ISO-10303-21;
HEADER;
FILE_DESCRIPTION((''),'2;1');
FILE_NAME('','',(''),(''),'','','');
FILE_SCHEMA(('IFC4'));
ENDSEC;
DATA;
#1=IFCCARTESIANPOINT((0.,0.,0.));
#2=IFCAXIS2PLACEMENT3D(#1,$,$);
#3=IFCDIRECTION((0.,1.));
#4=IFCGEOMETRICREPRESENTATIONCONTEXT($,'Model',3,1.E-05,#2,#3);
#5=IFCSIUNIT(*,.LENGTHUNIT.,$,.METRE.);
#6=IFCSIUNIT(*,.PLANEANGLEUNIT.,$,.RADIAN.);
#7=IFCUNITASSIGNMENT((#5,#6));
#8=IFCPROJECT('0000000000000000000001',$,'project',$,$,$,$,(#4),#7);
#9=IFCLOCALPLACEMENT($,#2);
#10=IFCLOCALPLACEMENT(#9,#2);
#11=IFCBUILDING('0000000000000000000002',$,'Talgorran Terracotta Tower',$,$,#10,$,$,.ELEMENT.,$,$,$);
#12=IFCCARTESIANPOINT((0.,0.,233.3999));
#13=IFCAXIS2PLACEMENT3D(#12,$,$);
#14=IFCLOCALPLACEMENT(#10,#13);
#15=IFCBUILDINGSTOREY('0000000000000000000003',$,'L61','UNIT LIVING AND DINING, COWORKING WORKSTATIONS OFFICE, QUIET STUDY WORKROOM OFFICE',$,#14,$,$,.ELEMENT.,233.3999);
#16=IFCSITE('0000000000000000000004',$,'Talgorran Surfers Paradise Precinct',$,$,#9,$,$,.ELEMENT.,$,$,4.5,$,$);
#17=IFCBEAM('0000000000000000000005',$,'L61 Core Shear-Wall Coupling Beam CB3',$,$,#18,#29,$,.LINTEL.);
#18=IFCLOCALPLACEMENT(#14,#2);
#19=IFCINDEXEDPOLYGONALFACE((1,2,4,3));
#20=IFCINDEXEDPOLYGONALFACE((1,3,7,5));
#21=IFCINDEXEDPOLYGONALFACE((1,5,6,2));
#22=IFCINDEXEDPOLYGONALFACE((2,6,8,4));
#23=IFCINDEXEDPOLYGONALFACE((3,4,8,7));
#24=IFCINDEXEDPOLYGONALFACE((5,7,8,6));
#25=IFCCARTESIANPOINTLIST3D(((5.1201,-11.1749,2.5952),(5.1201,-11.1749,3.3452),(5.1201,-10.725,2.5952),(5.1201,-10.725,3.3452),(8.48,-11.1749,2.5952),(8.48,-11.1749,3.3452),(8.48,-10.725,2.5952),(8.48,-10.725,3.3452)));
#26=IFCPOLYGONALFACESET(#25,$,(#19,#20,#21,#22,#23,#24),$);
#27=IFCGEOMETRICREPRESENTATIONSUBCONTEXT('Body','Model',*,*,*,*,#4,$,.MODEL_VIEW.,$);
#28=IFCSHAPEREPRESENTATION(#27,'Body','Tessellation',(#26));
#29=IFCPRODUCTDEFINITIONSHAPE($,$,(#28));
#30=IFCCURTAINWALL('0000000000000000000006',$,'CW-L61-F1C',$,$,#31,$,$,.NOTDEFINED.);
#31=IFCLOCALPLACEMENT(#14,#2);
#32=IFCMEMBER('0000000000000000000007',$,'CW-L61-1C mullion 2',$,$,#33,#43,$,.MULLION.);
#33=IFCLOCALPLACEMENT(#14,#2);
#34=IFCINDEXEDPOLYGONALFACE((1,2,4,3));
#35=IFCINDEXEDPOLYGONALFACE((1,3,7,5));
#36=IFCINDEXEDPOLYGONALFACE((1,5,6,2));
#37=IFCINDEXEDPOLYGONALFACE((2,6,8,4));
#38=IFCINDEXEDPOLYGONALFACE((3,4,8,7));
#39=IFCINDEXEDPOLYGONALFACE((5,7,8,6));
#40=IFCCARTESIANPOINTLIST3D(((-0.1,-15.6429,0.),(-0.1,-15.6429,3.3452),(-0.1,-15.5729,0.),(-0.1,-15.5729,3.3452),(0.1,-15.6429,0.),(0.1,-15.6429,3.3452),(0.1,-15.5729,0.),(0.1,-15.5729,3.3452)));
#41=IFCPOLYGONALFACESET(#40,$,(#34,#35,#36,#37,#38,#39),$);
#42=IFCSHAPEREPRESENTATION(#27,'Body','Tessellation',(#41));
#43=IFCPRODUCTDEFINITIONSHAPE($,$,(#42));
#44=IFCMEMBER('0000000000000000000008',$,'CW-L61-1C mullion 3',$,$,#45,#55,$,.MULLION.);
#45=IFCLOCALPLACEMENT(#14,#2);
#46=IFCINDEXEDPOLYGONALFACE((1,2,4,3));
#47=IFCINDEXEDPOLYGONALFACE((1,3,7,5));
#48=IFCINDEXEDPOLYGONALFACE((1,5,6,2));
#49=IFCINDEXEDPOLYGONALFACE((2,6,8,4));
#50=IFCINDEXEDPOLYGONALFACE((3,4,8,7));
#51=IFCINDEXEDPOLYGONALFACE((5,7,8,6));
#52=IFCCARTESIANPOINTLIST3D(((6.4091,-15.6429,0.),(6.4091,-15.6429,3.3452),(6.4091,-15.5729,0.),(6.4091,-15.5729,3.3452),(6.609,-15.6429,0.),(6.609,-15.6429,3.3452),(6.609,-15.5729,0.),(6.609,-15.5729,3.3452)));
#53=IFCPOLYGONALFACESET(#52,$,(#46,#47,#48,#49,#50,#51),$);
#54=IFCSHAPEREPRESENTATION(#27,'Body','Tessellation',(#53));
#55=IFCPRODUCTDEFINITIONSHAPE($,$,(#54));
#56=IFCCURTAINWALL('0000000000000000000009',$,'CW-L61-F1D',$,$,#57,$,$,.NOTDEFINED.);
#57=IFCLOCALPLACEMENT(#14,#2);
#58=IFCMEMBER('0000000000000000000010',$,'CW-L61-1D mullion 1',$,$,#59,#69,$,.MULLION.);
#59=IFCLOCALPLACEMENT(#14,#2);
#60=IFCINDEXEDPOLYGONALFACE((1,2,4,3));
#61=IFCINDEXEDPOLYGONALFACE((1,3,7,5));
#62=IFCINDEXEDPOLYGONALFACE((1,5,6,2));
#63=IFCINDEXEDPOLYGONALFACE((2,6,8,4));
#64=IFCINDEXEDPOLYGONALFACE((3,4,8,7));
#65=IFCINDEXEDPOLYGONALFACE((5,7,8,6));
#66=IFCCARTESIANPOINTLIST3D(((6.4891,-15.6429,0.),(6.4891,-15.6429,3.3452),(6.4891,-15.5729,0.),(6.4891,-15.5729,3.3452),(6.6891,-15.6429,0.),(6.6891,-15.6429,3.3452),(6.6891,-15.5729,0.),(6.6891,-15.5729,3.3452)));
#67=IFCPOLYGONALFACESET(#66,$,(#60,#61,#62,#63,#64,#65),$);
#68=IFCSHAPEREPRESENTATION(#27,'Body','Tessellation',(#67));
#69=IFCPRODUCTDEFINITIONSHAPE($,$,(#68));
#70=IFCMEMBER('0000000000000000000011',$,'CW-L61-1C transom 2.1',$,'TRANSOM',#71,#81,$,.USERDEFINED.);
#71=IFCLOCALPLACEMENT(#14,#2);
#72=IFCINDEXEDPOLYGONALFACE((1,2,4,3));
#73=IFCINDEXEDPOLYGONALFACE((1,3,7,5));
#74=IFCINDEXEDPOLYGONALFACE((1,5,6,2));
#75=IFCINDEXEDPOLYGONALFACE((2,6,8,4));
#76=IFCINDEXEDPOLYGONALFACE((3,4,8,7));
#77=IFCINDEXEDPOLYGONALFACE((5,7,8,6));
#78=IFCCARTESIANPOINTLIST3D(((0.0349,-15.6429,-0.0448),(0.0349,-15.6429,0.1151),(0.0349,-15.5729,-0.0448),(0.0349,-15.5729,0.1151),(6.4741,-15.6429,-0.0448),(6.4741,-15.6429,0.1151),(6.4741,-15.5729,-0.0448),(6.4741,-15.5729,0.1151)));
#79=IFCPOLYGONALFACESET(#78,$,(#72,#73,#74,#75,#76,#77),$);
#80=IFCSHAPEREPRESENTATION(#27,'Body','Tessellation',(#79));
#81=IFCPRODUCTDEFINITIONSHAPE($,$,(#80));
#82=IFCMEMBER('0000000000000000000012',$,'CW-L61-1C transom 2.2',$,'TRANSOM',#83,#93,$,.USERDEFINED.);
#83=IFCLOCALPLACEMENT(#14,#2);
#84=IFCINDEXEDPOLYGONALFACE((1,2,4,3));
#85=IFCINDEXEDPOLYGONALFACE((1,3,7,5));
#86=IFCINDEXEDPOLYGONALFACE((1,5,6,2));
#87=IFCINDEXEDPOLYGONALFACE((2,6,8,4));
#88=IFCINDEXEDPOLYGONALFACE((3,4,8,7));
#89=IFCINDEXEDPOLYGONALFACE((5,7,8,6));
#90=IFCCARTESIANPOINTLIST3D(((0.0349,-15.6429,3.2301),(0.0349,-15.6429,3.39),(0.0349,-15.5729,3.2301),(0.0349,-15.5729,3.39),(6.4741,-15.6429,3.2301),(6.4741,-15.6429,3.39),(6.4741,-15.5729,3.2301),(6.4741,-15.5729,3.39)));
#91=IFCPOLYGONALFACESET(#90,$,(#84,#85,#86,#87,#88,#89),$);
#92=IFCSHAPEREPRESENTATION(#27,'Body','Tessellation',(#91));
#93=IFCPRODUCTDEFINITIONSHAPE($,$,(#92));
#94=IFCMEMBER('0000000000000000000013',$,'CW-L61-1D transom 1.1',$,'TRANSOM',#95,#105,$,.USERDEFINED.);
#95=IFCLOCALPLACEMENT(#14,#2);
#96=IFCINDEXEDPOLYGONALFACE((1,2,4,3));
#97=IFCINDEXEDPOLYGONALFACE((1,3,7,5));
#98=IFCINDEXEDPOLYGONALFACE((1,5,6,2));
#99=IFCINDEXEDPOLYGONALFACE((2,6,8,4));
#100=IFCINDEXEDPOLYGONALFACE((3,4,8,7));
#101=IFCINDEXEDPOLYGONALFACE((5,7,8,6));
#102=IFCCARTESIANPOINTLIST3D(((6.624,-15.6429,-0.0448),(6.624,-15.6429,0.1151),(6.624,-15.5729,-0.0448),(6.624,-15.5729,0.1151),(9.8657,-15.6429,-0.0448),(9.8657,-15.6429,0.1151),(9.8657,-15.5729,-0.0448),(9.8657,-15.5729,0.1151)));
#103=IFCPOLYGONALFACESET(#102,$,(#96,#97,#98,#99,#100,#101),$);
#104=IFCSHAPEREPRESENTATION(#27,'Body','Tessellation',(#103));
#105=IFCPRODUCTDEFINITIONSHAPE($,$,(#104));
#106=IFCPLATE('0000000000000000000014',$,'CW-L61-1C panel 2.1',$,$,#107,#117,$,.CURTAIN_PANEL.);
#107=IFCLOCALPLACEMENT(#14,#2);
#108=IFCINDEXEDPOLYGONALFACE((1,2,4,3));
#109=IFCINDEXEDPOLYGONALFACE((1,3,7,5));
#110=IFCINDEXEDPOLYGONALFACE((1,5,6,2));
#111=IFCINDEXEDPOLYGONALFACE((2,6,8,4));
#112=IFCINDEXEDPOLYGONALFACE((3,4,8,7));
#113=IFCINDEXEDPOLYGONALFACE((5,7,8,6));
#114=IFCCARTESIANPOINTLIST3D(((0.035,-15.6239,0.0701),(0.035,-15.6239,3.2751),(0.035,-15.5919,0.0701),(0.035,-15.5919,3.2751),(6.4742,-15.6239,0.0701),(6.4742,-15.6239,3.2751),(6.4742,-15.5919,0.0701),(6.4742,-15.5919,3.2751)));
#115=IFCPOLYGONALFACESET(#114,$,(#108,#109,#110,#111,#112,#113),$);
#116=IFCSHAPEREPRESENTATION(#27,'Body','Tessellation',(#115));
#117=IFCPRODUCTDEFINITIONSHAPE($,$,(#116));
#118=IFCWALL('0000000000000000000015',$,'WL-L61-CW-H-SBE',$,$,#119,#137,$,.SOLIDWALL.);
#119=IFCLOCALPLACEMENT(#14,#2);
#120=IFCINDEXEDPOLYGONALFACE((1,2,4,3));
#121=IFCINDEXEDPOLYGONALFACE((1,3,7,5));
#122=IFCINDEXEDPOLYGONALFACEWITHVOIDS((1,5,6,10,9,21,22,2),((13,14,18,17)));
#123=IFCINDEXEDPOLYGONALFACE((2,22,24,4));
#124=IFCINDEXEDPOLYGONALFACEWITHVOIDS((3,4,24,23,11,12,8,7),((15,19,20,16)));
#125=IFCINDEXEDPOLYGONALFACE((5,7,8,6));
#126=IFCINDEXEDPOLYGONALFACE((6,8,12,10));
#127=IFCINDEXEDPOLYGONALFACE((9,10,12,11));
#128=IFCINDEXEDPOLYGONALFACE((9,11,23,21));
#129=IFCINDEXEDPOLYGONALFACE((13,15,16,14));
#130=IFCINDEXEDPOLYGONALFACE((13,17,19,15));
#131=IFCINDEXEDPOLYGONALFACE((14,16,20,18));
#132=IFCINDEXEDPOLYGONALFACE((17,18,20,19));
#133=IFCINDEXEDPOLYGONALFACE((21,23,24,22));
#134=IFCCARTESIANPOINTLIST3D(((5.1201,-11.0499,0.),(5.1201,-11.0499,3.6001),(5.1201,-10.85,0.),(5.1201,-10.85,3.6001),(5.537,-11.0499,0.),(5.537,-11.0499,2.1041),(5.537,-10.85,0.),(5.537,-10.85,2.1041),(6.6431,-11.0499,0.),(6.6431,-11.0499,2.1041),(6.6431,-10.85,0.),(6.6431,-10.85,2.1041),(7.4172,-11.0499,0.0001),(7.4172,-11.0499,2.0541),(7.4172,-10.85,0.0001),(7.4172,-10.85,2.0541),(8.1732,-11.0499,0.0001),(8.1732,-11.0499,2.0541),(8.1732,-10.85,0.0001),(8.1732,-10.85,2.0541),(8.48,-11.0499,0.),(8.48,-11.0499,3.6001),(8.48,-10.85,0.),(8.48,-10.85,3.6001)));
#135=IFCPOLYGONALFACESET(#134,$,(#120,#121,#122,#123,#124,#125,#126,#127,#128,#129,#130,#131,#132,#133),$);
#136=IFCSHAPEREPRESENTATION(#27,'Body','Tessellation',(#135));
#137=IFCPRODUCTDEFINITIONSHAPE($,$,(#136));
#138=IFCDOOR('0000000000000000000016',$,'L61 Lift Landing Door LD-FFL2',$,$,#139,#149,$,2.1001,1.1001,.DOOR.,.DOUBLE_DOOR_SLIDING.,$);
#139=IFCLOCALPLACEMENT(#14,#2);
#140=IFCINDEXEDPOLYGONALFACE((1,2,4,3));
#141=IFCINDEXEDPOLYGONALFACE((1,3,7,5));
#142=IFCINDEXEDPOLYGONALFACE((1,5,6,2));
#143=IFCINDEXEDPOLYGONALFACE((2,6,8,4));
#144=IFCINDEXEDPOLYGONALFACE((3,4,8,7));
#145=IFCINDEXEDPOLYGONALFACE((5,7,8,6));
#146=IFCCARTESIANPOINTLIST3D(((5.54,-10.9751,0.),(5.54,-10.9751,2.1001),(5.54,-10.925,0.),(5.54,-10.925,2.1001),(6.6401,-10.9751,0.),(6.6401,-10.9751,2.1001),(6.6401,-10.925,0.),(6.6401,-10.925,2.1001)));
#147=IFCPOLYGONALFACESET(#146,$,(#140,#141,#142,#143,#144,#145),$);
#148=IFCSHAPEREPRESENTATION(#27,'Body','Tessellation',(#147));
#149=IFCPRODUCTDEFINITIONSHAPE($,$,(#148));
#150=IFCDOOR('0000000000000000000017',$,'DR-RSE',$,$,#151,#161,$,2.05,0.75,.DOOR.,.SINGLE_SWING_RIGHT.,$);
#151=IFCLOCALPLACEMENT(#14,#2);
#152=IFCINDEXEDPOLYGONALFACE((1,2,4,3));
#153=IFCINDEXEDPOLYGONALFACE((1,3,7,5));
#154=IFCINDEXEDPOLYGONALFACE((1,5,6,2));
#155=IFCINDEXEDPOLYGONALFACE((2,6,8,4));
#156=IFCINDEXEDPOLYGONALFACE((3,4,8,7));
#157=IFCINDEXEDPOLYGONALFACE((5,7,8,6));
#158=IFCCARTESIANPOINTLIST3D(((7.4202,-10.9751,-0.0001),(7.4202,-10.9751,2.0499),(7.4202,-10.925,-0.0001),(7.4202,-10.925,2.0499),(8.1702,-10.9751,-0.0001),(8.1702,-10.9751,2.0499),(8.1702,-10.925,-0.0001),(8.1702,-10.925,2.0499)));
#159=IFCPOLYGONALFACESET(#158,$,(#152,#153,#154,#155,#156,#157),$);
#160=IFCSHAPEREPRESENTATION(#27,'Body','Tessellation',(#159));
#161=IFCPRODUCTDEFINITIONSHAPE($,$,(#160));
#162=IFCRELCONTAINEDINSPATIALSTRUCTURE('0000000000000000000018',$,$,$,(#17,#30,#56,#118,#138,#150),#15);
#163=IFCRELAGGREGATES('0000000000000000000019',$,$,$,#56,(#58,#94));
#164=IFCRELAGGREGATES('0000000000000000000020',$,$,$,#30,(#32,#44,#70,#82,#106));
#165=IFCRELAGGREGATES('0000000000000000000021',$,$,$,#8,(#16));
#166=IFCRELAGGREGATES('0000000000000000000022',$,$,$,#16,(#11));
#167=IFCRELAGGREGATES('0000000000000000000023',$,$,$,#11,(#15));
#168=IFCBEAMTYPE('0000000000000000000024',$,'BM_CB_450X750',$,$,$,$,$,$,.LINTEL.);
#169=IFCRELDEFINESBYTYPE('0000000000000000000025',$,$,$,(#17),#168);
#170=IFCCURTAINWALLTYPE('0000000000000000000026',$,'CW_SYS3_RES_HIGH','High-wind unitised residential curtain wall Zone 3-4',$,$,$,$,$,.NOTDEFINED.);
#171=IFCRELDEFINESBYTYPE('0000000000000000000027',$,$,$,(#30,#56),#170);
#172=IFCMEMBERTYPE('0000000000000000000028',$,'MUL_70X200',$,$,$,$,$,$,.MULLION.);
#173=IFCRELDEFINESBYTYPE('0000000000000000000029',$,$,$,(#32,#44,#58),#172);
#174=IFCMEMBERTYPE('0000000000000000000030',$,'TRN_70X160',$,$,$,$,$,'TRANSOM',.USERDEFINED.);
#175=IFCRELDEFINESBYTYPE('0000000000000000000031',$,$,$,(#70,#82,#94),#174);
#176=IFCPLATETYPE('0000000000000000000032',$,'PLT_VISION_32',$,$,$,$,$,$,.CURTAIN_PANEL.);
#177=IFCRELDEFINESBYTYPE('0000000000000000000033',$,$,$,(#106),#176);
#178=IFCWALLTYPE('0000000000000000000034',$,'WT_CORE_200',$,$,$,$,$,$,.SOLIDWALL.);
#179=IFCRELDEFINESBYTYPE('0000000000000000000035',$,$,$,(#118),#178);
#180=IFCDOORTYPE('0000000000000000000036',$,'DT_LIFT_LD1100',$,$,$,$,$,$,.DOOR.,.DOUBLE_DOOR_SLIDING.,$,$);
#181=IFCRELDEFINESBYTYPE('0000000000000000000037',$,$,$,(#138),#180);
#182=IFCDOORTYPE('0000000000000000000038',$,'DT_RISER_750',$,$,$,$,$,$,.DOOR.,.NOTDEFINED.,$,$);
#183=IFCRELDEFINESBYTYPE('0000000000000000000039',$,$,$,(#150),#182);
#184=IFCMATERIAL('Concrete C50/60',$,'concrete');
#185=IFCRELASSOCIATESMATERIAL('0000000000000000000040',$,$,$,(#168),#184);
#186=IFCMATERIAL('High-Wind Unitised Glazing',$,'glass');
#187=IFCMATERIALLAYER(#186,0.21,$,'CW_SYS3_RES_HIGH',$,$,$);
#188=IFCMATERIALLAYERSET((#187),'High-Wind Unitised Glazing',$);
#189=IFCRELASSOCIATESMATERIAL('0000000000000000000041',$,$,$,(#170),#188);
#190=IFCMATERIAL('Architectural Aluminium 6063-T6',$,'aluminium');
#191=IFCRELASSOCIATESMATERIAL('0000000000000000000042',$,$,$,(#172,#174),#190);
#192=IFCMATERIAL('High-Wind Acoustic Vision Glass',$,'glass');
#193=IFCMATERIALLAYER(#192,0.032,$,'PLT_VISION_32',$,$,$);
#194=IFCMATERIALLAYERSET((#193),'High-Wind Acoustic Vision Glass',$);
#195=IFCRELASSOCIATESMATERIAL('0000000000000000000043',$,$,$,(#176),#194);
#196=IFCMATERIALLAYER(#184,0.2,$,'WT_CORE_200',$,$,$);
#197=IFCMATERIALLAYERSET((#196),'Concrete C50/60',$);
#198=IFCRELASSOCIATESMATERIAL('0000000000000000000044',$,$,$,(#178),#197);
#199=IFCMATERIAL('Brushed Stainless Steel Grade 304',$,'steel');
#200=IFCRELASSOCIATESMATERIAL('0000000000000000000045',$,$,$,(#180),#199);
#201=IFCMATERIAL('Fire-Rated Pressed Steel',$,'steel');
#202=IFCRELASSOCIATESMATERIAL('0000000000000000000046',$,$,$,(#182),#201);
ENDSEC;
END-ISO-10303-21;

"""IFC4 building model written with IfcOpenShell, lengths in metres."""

from ifc_helpers import new_model, si_unit, direction, frame, frame_2d, origin, origin_2d, place, context, subcontext, project, spatial, rectangle, extrude, source, transform, mapped, material, layer, layer_set, material_profile, profile_set, type_object, type_shapes, element, fill, aggregate, save


model = new_model("IFC4")

# Units and contexts
model_context = context("Model", 3, precision=1e-05, world=origin(), true_north=direction((0.0, 1.0)))
body_context = subcontext(model_context, "Body", "Model", "MODEL_VIEW")
ifc_project = project(units=[si_unit("LENGTHUNIT", "METRE"), si_unit("PLANEANGLEUNIT", "RADIAN")], contexts=[model_context])

# Site, building, storey
site_placement = place(None, origin())
site = spatial("IfcSite", under=ifc_project, at=site_placement, Name="Talgorran Surfers Paradise Precinct", CompositionType="ELEMENT", RefElevation=4.5)
building_placement = place(site_placement, origin())
building = spatial("IfcBuilding", under=site, at=building_placement, Name="Talgorran Terracotta Tower", CompositionType="ELEMENT")
storey_placement = place(building_placement, frame((0.0, 0.0, 233.3999)))
storey = spatial("IfcBuildingStorey", under=building, at=storey_placement, Name="L61", Description="UNIT LIVING AND DINING, COWORKING WORKSTATIONS OFFICE, QUIET STUDY WORKROOM OFFICE", CompositionType="ELEMENT", Elevation=233.3999)

# Beam
ifc_material_1 = material(Name="Concrete C50/60", Category="concrete")
ifc_material_profile_1 = material_profile(ifc_material_1, rectangle(XDim=0.45, YDim=0.75, at=origin_2d()), Name="RCCB450X750")
ifc_profile_set_1 = profile_set([ifc_material_profile_1], Name="Concrete C50/60")
beam_type = type_object("IfcBeamType", Name="BM_CB_450X750", PredefinedType="LINTEL", material=ifc_profile_set_1)
beam_placement = place(storey_placement, frame((5.1201, -10.95, 2.9702), z_axis=(1.0, 0.0, 0.0), x_axis=(0.0, 1.0, 0.0)))
element("IfcBeam", 1, at=beam_placement, inside=storey, type_object=beam_type, Name="L61 Core Shear-Wall Coupling Beam CB3", PredefinedType="LINTEL", context=body_context, shape_type="SweptSolid", body=[
    extrude(rectangle(XDim=0.45, YDim=0.75, at=origin_2d()), origin(), (0.0, 0.0, 1.0), 3.3599),
])

# Curtain wall, members
ifc_material_2 = material(Name="High-Wind Unitised Glazing", Category="glass")
ifc_layer_1 = layer(ifc_material_2, 0.21, Name="CW_SYS3_RES_HIGH")
ifc_layer_set_1 = layer_set([ifc_layer_1], Name="High-Wind Unitised Glazing")
curtain_wall_type = type_object("IfcCurtainWallType", Name="CW_SYS3_RES_HIGH", Description="High-wind unitised residential curtain wall Zone 3-4", PredefinedType="NOTDEFINED", material=ifc_layer_set_1)
curtain_wall_1_placement = place(storey_placement, origin())
curtain_wall_1 = element("IfcCurtainWall", 2, at=curtain_wall_1_placement, inside=storey, type_object=curtain_wall_type, Name="CW-L61-F1C", PredefinedType="NOTDEFINED")
ifc_material_3 = material(Name="Architectural Aluminium 6063-T6", Category="aluminium")
ifc_material_profile_2 = material_profile(ifc_material_3, rectangle(XDim=0.0701, YDim=0.2, at=origin_2d()), Name="CWM70X200")
ifc_profile_set_2 = profile_set([ifc_material_profile_2], Name="Architectural Aluminium 6063-T6")
member_type_1 = type_object("IfcMemberType", Name="MUL_70X200", PredefinedType="MULLION", material=ifc_profile_set_2)
member_1_placement = place(storey_placement, frame((0.0, -15.6079, 0.0), z_axis=(0.0, 0.0, 1.0), x_axis=(0.0, 1.0, 0.0)))
member_1 = element("IfcMember", 3, at=member_1_placement, type_object=member_type_1, Name="CW-L61-1C mullion 2", PredefinedType="MULLION", context=body_context, shape_type="SweptSolid", body=[
    extrude(rectangle(XDim=0.0701, YDim=0.2, at=origin_2d()), origin(), (0.0, 0.0, 1.0), 3.3452),
])
member_2_placement = place(storey_placement, frame((6.509, -15.6079, 0.0), z_axis=(0.0, 0.0, 1.0), x_axis=(0.0, 1.0, 0.0)))
member_2 = element("IfcMember", 4, at=member_2_placement, type_object=member_type_1, Name="CW-L61-1C mullion 3", PredefinedType="MULLION", context=body_context, shape_type="SweptSolid", body=[
    extrude(rectangle(XDim=0.0701, YDim=0.2, at=origin_2d()), origin(), (0.0, 0.0, 1.0), 3.3452),
])

# Curtain wall, member
curtain_wall_2_placement = place(storey_placement, origin())
curtain_wall_2 = element("IfcCurtainWall", 5, at=curtain_wall_2_placement, inside=storey, type_object=curtain_wall_type, Name="CW-L61-F1D", PredefinedType="NOTDEFINED")
member_3_placement = place(storey_placement, frame((6.5891, -15.6079, 0.0), z_axis=(0.0, 0.0, 1.0), x_axis=(0.0, 1.0, 0.0)))
member_3 = element("IfcMember", 6, at=member_3_placement, type_object=member_type_1, Name="CW-L61-1D mullion 1", PredefinedType="MULLION", context=body_context, shape_type="SweptSolid", body=[
    extrude(rectangle(XDim=0.0701, YDim=0.2, at=origin_2d()), origin(), (0.0, 0.0, 1.0), 3.3452),
])

# Members
ifc_material_profile_3 = material_profile(ifc_material_3, rectangle(XDim=0.0701, YDim=0.1599, at=origin_2d()), Name="CWT70X160")
ifc_profile_set_3 = profile_set([ifc_material_profile_3], Name="Architectural Aluminium 6063-T6")
member_type_2 = type_object("IfcMemberType", Name="TRN_70X160", ElementType="TRANSOM", PredefinedType="USERDEFINED", material=ifc_profile_set_3)
member_4_placement = place(storey_placement, frame((0.0349, -15.6079, 0.0352), z_axis=(1.0, 0.0, 0.0), x_axis=(0.0, 1.0, 0.0)))
member_4 = element("IfcMember", 7, at=member_4_placement, type_object=member_type_2, Name="CW-L61-1C transom 2.1", ObjectType="TRANSOM", PredefinedType="USERDEFINED", context=body_context, shape_type="SweptSolid", body=[
    extrude(rectangle(XDim=0.0701, YDim=0.1599, at=origin_2d()), origin(), (0.0, 0.0, 1.0), 6.4392),
])
member_5_placement = place(storey_placement, frame((0.0349, -15.6079, 3.3101), z_axis=(1.0, 0.0, 0.0), x_axis=(0.0, 1.0, 0.0)))
member_5 = element("IfcMember", 8, at=member_5_placement, type_object=member_type_2, Name="CW-L61-1C transom 2.2", ObjectType="TRANSOM", PredefinedType="USERDEFINED", context=body_context, shape_type="SweptSolid", body=[
    extrude(rectangle(XDim=0.0701, YDim=0.1599, at=origin_2d()), origin(), (0.0, 0.0, 1.0), 6.4392),
])
member_6_placement = place(storey_placement, frame((6.624, -15.6079, 0.0352), z_axis=(1.0, 0.0, 0.0), x_axis=(0.0, 1.0, 0.0)))
member_6 = element("IfcMember", 9, at=member_6_placement, type_object=member_type_2, Name="CW-L61-1D transom 1.1", ObjectType="TRANSOM", PredefinedType="USERDEFINED", context=body_context, shape_type="SweptSolid", body=[
    extrude(rectangle(XDim=0.0701, YDim=0.1599, at=origin_2d()), origin(), (0.0, 0.0, 1.0), 3.2417),
])
aggregate(curtain_wall_2, [member_3, member_6])

# Plate
ifc_material_4 = material(Name="High-Wind Acoustic Vision Glass", Category="glass")
ifc_layer_2 = layer(ifc_material_4, 0.032, Name="PLT_VISION_32")
ifc_layer_set_2 = layer_set([ifc_layer_2], Name="High-Wind Acoustic Vision Glass")
plate_type = type_object("IfcPlateType", Name="PLT_VISION_32", PredefinedType="CURTAIN_PANEL", material=ifc_layer_set_2)
shared_shape = source(origin(), body_context, "Body", "SweptSolid", [
    extrude(rectangle(XDim=6.4392, YDim=0.032, at=origin_2d()), origin(), (0.0, 0.0, 1.0), 3.2051),
])
type_shapes(plate_type, [shared_shape])
plate_placement = place(storey_placement, frame((3.2546, -15.6079, 0.0701), z_axis=(0.0, 0.0, 1.0), x_axis=(1.0, 0.0, 0.0)))
plate = element("IfcPlate", 10, at=plate_placement, type_object=plate_type, Name="CW-L61-1C panel 2.1", PredefinedType="CURTAIN_PANEL", context=body_context, shape_type="MappedRepresentation", body=[
    mapped(shared_shape, transform((0.0, 0.0, 0.0), scale=1.0)),
])
aggregate(curtain_wall_1, [member_1, member_2, member_4, member_5, plate])

# Wall, openings, doors
ifc_layer_3 = layer(ifc_material_1, 0.2, Name="WT_CORE_200")
ifc_layer_set_3 = layer_set([ifc_layer_3], Name="Concrete C50/60")
wall_type_1 = type_object("IfcWallType", Name="WT_CORE_200", PredefinedType="SOLIDWALL", material=ifc_layer_set_3)
wall_1_placement = place(storey_placement, frame((5.1201, -10.95, 0.0), z_axis=(0.0, 0.0, 1.0), x_axis=(1.0, 0.0, 0.0)))
wall_1 = element("IfcWall", 11, at=wall_1_placement, inside=storey, type_object=wall_type_1, Name="WL-L61-CW-H-SBE", PredefinedType="SOLIDWALL", context=body_context, shape_type="SweptSolid", body=[
    extrude(rectangle(XDim=3.3599, YDim=0.2, at=frame_2d((1.6799, 0.0))), origin(), (0.0, 0.0, 1.0), 3.6001),
])
opening_1_placement = place(wall_1_placement, frame((0.4199, 0.0, 0.0)))
opening_1 = element("IfcOpeningElement", 12, at=opening_1_placement, cuts=wall_1, PredefinedType="OPENING", context=body_context, shape_type="SweptSolid", body=[
    extrude(rectangle(XDim=1.1061, YDim=2.1041, at=frame_2d((0.55, 1.052))), frame((0.0, 0.1099, 0.0), z_axis=(0.0, -1.0, 0.0), x_axis=(1.0, 0.0, 0.0)), (0.0, 0.0, 1.0), 0.22),
])
opening_2_placement = place(wall_1_placement, frame((2.3, 0.0, 0.0)))
opening_2 = element("IfcOpeningElement", 13, at=opening_2_placement, cuts=wall_1, PredefinedType="OPENING", context=body_context, shape_type="SweptSolid", body=[
    extrude(rectangle(XDim=0.756, YDim=2.054, at=frame_2d((0.375, 1.0271))), frame((0.0, 0.1099, 0.0), z_axis=(0.0, -1.0, 0.0), x_axis=(1.0, 0.0, 0.0)), (0.0, 0.0, 1.0), 0.22),
])
ifc_material_5 = material(Name="Brushed Stainless Steel Grade 304", Category="steel")
door_type_1 = type_object("IfcDoorType", Name="DT_LIFT_LD1100", OperationType="DOUBLE_DOOR_SLIDING", PredefinedType="DOOR", material=ifc_material_5)
door_1_placement = place(opening_1_placement, origin())
door_1 = element("IfcDoor", 14, at=door_1_placement, inside=storey, type_object=door_type_1, Name="L61 Lift Landing Door LD-FFL2", OperationType="DOUBLE_DOOR_SLIDING", OverallHeight=2.1001, OverallWidth=1.1001, PredefinedType="DOOR", context=body_context, shape_type="SweptSolid", body=[
    extrude(rectangle(XDim=1.1001, YDim=2.1001, at=frame_2d((0.55, 1.05))), frame((0.0, 0.0249, 0.0), z_axis=(0.0, -1.0, 0.0), x_axis=(1.0, 0.0, 0.0)), (0.0, 0.0, 1.0), 0.05),
])
fill(opening_1, door_1)
ifc_material_6 = material(Name="Fire-Rated Pressed Steel", Category="steel")
door_type_2 = type_object("IfcDoorType", Name="DT_RISER_750", OperationType="NOTDEFINED", PredefinedType="DOOR", material=ifc_material_6)
door_2_placement = place(opening_2_placement, origin())
door_2 = element("IfcDoor", 15, at=door_2_placement, inside=storey, type_object=door_type_2, Name="DR-RSE", OperationType="SINGLE_SWING_RIGHT", OverallHeight=2.05, OverallWidth=0.75, PredefinedType="DOOR", context=body_context, shape_type="SweptSolid", body=[
    extrude(rectangle(XDim=0.75, YDim=2.05, at=frame_2d((0.375, 1.0249))), frame((0.0, 0.0249, 0.0), z_axis=(0.0, -1.0, 0.0), x_axis=(1.0, 0.0, 0.0)), (0.0, 0.0, 1.0), 0.05),
])
fill(opening_2, door_2)

save(model, "model.ifc")
